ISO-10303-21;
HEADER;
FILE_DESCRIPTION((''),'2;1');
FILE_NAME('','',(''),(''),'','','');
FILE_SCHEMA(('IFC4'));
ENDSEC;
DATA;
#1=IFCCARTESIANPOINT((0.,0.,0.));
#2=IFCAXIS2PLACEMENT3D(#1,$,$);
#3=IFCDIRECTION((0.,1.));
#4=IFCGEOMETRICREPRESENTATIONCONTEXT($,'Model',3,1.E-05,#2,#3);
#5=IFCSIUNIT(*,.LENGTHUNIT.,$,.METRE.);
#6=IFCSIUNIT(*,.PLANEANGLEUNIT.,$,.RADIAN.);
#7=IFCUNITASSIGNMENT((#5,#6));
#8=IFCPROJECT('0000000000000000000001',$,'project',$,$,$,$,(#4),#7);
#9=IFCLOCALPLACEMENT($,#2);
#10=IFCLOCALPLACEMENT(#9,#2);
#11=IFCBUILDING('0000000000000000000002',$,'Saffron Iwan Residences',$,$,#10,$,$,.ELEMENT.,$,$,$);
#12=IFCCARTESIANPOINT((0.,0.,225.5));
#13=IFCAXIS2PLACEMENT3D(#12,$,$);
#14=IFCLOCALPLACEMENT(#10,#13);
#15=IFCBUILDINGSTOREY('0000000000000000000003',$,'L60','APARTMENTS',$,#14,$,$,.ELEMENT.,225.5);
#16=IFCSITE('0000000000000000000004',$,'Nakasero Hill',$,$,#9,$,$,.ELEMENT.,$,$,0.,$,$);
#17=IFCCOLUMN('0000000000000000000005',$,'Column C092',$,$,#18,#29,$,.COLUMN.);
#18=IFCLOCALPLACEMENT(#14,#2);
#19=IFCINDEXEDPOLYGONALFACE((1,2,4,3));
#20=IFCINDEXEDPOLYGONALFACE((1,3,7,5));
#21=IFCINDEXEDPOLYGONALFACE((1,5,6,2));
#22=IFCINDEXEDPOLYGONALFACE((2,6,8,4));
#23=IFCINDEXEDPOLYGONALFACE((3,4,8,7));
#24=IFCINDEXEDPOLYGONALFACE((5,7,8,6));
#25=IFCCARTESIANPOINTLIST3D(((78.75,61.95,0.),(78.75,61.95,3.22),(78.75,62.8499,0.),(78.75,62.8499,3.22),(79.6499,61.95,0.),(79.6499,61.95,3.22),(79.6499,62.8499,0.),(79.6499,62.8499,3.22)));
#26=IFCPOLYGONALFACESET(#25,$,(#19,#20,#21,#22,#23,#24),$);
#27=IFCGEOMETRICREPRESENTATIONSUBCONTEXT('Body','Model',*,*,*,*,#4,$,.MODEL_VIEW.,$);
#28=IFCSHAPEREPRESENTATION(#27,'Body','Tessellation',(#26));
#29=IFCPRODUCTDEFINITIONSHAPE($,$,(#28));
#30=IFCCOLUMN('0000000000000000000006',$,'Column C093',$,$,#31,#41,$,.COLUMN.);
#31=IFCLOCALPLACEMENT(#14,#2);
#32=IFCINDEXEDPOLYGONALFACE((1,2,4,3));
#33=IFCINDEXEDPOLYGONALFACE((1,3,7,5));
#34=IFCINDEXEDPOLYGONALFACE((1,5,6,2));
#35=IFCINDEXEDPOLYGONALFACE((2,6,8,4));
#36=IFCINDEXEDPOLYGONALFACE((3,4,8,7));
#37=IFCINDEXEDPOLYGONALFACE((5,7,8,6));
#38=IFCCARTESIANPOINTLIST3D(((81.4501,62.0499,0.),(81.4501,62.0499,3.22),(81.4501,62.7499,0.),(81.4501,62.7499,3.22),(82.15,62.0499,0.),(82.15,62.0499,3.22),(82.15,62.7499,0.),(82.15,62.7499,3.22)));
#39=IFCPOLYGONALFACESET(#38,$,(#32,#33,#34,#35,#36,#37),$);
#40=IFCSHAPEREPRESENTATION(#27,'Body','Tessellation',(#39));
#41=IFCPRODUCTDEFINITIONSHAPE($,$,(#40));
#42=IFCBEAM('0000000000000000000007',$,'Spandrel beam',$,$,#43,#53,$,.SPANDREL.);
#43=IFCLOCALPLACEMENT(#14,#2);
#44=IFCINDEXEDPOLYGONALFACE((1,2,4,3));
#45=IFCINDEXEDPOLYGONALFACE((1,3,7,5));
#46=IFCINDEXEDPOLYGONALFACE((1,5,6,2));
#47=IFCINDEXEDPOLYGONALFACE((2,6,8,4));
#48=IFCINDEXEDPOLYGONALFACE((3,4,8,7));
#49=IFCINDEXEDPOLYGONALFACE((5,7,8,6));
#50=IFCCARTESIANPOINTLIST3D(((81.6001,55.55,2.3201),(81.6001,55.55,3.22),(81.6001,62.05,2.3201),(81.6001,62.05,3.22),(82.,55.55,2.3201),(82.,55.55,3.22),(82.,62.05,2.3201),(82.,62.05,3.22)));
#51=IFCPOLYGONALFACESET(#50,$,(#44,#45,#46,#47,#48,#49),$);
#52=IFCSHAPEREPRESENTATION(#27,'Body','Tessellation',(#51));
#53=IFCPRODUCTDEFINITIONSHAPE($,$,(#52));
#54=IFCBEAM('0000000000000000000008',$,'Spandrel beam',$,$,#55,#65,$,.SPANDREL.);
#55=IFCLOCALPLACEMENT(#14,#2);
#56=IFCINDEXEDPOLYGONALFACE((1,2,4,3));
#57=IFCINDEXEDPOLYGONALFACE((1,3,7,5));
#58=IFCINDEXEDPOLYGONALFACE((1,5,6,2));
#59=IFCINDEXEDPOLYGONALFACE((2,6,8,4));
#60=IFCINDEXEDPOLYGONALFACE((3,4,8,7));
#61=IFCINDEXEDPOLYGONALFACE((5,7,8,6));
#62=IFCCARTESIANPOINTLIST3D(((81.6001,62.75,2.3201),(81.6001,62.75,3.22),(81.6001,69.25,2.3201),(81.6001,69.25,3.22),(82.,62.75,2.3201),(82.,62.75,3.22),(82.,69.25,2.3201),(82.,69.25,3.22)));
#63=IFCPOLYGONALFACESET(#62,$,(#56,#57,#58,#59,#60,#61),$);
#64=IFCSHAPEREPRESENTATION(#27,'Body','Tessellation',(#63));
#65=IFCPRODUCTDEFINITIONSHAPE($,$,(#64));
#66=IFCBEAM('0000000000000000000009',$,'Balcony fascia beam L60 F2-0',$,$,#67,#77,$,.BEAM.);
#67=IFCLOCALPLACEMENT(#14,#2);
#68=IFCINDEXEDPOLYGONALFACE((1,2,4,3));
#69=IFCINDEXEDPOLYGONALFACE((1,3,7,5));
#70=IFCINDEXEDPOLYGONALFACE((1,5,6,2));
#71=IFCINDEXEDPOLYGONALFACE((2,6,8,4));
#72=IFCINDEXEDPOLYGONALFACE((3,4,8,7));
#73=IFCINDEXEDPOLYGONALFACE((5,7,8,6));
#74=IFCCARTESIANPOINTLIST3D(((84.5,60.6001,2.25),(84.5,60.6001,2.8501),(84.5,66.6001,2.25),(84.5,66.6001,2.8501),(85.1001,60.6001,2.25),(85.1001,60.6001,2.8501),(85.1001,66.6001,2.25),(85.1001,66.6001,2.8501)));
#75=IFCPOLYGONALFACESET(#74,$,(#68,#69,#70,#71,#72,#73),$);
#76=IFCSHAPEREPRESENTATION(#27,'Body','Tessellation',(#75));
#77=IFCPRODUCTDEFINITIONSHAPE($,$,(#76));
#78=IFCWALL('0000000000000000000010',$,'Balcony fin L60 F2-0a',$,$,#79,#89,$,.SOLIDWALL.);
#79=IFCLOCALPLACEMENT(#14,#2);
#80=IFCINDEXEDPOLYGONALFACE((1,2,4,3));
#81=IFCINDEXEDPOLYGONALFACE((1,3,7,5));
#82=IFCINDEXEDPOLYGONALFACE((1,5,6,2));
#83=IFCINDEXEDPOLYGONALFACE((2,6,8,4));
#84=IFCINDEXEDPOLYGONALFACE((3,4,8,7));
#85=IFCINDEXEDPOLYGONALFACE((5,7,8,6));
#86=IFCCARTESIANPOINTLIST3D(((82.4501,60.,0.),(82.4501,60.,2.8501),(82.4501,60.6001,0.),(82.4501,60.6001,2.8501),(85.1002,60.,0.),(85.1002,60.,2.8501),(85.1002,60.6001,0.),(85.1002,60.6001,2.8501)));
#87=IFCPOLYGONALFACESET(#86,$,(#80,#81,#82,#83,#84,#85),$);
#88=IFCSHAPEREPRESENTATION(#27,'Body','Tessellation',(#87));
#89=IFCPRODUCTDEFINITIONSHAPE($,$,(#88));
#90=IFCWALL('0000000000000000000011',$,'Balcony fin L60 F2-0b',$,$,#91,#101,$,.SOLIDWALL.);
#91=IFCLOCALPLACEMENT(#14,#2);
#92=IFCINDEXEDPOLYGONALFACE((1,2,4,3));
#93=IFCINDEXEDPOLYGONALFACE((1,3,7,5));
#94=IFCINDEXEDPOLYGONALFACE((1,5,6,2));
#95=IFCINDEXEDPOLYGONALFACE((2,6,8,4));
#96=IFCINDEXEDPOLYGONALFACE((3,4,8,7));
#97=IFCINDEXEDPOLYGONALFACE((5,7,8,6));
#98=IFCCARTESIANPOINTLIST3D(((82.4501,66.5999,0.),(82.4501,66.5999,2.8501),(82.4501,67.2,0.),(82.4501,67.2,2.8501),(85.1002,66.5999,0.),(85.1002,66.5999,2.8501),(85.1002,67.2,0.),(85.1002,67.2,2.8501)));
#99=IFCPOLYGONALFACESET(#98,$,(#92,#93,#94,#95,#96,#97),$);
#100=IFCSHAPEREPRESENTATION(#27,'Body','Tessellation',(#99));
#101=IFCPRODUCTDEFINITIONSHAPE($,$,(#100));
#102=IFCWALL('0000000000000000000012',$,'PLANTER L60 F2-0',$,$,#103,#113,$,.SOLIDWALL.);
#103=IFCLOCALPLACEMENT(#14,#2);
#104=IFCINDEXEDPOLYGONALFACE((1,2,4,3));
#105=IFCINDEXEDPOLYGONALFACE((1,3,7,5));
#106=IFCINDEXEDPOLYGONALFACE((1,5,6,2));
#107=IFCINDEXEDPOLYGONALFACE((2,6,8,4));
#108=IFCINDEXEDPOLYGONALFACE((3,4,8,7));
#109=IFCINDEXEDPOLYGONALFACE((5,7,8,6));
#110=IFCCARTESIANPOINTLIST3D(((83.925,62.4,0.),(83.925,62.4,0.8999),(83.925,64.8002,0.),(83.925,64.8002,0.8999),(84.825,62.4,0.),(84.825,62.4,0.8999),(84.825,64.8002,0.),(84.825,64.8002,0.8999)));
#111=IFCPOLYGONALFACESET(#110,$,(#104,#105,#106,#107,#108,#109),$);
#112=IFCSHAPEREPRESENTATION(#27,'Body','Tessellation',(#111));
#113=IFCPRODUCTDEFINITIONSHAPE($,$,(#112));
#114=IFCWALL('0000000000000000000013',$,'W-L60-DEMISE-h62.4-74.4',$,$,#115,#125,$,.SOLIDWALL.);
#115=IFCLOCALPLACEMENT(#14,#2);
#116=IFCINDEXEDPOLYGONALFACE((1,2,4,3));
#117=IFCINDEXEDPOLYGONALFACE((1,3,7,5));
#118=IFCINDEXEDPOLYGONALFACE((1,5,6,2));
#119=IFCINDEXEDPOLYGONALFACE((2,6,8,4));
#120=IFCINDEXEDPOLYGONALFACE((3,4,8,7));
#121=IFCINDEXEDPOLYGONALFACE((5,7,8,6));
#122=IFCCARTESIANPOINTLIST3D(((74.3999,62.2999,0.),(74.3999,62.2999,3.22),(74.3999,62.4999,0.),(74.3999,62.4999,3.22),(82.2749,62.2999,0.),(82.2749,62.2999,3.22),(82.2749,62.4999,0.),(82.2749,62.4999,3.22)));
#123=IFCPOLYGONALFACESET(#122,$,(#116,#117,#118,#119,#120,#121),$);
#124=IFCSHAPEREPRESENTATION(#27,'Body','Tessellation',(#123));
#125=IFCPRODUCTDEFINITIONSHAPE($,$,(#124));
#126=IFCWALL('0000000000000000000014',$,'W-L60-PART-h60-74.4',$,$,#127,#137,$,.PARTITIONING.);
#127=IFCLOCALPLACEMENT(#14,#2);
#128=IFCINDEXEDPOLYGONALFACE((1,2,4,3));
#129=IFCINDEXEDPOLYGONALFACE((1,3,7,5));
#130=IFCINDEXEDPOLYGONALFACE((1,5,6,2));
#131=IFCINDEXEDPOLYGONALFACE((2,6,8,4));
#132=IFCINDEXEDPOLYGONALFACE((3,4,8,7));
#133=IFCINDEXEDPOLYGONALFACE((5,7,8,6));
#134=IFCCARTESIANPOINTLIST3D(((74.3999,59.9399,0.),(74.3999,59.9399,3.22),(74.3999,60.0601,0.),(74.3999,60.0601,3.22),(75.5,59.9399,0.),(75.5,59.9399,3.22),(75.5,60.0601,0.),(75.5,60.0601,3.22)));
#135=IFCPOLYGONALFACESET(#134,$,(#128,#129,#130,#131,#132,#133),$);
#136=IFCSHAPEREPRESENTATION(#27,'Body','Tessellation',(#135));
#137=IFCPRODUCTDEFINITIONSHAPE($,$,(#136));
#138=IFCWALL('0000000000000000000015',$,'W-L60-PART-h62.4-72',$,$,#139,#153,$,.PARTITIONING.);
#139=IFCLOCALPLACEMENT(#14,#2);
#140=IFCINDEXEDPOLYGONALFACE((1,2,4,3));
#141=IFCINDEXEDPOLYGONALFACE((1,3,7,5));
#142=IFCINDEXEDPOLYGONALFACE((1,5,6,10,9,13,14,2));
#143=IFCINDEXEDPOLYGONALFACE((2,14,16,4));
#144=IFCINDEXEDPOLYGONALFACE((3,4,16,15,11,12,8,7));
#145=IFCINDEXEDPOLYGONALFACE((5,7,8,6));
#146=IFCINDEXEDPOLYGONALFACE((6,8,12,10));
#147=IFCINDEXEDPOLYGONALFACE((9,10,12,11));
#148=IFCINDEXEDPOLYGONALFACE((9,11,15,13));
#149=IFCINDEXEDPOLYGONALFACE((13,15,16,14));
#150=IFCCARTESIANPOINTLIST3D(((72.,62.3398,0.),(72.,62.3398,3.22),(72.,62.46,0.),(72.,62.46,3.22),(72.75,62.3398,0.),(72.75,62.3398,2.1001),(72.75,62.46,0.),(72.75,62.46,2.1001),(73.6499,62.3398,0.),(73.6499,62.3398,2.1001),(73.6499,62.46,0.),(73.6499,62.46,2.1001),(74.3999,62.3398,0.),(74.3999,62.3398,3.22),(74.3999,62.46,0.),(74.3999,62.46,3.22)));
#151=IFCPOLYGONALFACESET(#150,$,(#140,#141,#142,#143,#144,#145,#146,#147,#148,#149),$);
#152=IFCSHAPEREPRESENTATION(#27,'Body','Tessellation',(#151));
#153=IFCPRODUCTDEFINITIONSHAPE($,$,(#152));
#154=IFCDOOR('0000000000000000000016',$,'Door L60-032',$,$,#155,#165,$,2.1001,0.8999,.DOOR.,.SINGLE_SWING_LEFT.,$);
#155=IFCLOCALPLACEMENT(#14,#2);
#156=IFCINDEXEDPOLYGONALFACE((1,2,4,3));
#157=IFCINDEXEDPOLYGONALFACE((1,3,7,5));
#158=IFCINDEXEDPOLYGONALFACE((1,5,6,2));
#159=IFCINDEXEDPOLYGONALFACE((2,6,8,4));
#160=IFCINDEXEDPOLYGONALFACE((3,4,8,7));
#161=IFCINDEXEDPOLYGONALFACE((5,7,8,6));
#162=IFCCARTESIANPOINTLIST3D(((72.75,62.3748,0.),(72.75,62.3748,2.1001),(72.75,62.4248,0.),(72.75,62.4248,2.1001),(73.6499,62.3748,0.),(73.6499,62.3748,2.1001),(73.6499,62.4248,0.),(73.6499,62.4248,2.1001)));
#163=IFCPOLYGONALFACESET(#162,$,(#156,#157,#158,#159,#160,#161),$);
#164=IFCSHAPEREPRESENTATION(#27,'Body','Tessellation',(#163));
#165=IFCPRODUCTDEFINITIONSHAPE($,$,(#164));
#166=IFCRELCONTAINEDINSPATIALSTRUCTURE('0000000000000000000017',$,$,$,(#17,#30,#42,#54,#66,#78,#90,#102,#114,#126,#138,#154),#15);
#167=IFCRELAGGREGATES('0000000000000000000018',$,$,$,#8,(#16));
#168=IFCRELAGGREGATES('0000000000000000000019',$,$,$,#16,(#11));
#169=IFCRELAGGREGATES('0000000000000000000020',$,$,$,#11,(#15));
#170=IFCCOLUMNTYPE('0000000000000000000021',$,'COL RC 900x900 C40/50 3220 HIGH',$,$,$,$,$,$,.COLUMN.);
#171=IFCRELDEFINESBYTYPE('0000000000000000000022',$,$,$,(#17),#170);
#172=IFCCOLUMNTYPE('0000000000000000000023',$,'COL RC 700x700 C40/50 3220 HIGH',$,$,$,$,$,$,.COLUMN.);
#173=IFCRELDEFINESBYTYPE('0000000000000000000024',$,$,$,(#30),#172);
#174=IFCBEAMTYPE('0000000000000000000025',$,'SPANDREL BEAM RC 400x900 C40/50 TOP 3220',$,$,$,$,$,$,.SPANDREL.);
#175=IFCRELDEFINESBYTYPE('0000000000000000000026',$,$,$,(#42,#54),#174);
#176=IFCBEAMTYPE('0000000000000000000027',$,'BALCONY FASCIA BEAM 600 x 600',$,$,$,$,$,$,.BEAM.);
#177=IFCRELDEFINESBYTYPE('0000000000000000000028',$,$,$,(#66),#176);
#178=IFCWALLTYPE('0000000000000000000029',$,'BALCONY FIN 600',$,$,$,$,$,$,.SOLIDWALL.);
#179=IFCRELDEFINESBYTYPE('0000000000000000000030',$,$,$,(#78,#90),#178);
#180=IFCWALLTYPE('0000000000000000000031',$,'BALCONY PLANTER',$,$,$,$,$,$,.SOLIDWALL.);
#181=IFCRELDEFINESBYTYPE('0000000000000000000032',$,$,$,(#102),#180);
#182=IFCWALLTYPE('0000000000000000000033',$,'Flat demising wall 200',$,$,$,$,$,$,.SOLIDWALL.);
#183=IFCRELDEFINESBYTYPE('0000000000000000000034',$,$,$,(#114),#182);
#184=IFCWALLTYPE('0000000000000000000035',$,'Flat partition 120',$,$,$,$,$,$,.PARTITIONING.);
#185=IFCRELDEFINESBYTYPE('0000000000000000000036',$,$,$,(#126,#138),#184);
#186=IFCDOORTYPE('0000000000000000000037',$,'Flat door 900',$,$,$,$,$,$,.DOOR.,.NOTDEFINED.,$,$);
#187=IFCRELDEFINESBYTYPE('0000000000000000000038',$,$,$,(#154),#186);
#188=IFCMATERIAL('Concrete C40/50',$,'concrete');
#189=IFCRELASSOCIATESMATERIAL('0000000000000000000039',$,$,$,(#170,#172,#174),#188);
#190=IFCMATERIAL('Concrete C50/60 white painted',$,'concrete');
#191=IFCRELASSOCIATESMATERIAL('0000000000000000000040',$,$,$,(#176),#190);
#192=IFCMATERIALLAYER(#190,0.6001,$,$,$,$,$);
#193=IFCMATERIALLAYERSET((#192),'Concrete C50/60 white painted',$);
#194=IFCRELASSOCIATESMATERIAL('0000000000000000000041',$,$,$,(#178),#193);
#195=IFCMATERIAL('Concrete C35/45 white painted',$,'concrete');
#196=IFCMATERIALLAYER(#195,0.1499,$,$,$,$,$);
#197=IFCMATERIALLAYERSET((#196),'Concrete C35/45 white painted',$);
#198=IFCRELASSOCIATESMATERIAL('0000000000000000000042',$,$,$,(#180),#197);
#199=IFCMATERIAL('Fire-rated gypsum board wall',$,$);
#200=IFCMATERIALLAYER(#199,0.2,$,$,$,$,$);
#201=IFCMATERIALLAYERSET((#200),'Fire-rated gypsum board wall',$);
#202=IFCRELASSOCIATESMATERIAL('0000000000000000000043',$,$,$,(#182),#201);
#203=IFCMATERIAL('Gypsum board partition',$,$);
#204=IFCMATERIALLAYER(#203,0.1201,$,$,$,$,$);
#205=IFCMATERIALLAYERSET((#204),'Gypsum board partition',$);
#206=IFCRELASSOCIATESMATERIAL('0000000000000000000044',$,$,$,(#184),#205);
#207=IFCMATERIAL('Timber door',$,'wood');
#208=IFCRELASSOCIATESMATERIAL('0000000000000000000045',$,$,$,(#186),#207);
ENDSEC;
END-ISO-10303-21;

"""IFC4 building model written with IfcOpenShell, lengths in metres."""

from ifc_helpers import new_model, si_unit, direction, frame, frame_2d, origin, origin_2d, place, context, subcontext, project, spatial, rectangle, extrude, source, transform, mapped, material, layer, layer_set, material_profile, profile_set, type_object, element, fill, save


model = new_model("IFC4")

# Units and contexts
model_context = context("Model", 3, precision=1e-05, world=origin(), true_north=direction((0.0, 1.0)))
body_context = subcontext(model_context, "Body", "Model", "MODEL_VIEW")
ifc_project = project(units=[si_unit("LENGTHUNIT", "METRE"), si_unit("PLANEANGLEUNIT", "RADIAN")], contexts=[model_context])

# Site, building, storey
site_placement = place(None, origin())
site = spatial("IfcSite", under=ifc_project, at=site_placement, Name="Nakasero Hill", CompositionType="ELEMENT", RefElevation=0.0)
building_placement = place(site_placement, origin())
building = spatial("IfcBuilding", under=site, at=building_placement, Name="Saffron Iwan Residences", CompositionType="ELEMENT")
storey_placement = place(building_placement, frame((0.0, 0.0, 225.5)))
storey = spatial("IfcBuildingStorey", under=building, at=storey_placement, Name="L60", Description="APARTMENTS", CompositionType="ELEMENT", Elevation=225.5)

# Columns
ifc_material_1 = material(Name="Concrete C40/50", Category="concrete")
ifc_material_profile_1 = material_profile(ifc_material_1, rectangle(XDim=0.8999, YDim=0.8999, at=origin_2d()), Name="RC 900x900")
ifc_profile_set_1 = profile_set([ifc_material_profile_1], Name="Concrete C40/50")
column_type_1 = type_object("IfcColumnType", Name="COL RC 900x900 C40/50 3220 HIGH", PredefinedType="COLUMN", material=ifc_profile_set_1)
shared_shape_1 = source(origin(), body_context, "Body", "SweptSolid", [
    extrude(rectangle(XDim=0.8999, YDim=0.8999, at=origin_2d()), origin(), (0.0, 0.0, 1.0), 3.22),
])
column_1_placement = place(storey_placement, frame((79.2, 62.3999, 0.0), z_axis=(0.0, 0.0, 1.0), x_axis=(1.0, 0.0, 0.0)))
element("IfcColumn", 1, at=column_1_placement, inside=storey, type_object=column_type_1, Name="Column C092", PredefinedType="COLUMN", context=body_context, shape_type="MappedRepresentation", body=[
    mapped(shared_shape_1, transform((0.0, 0.0, 0.0))),
])
ifc_material_profile_2 = material_profile(ifc_material_1, rectangle(XDim=0.7, YDim=0.7, at=origin_2d()), Name="RC 700x700")
ifc_profile_set_2 = profile_set([ifc_material_profile_2], Name="Concrete C40/50")
column_type_2 = type_object("IfcColumnType", Name="COL RC 700x700 C40/50 3220 HIGH", PredefinedType="COLUMN", material=ifc_profile_set_2)
shared_shape_2 = source(origin(), body_context, "Body", "SweptSolid", [
    extrude(rectangle(XDim=0.7, YDim=0.7, at=origin_2d()), origin(), (0.0, 0.0, 1.0), 3.22),
])
column_2_placement = place(storey_placement, frame((81.8, 62.3999, 0.0), z_axis=(0.0, 0.0, 1.0), x_axis=(1.0, 0.0, 0.0)))
element("IfcColumn", 2, at=column_2_placement, inside=storey, type_object=column_type_2, Name="Column C093", PredefinedType="COLUMN", context=body_context, shape_type="MappedRepresentation", body=[
    mapped(shared_shape_2, transform((0.0, 0.0, 0.0))),
])

# Beams
ifc_material_profile_3 = material_profile(ifc_material_1, rectangle(XDim=0.3999, YDim=0.8999, at=origin_2d()), Name="RC 400x900")
ifc_profile_set_3 = profile_set([ifc_material_profile_3], Name="Concrete C40/50")
beam_type_1 = type_object("IfcBeamType", Name="SPANDREL BEAM RC 400x900 C40/50 TOP 3220", PredefinedType="SPANDREL", material=ifc_profile_set_3)
shared_shape_3 = source(origin(), body_context, "Body", "SweptSolid", [
    extrude(rectangle(XDim=0.3999, YDim=0.8999, at=origin_2d()), origin(), (0.0, 0.0, 1.0), 6.5),
])
for number, where, z_axis, x_axis, name in (
    (3, (81.8, 62.05, 2.77), (0.0, -1.0, 0.0), (1.0, 0.0, 0.0), "Spandrel beam"),
    (4, (81.8, 69.25, 2.77), (0.0, -1.0, 0.0), (1.0, 0.0, 0.0), "Spandrel beam"),
):
    element("IfcBeam", number, at=place(storey_placement, frame(where, z_axis=z_axis, x_axis=x_axis)), inside=storey, type_object=beam_type_1, Name=name, PredefinedType="SPANDREL", context=body_context, shape_type="MappedRepresentation", body=[
        mapped(shared_shape_3, transform((0.0, 0.0, 0.0))),
    ])
ifc_material_2 = material(Name="Concrete C50/60 white painted", Category="concrete")
ifc_material_profile_4 = material_profile(ifc_material_2, rectangle(XDim=0.6001, YDim=0.6001, at=origin_2d()), Name="BALCONY FASCIA BEAM 600 x 600")
ifc_profile_set_4 = profile_set([ifc_material_profile_4], Name="Concrete C50/60 white painted")
beam_type_2 = type_object("IfcBeamType", Name="BALCONY FASCIA BEAM 600 x 600", PredefinedType="BEAM", material=ifc_profile_set_4)
shared_shape_4 = source(origin(), body_context, "Body", "SweptSolid", [
    extrude(rectangle(XDim=0.6001, YDim=0.6001, at=origin_2d()), origin(), (0.0, 0.0, 1.0), 6.0),
])
beam_placement = place(storey_placement, frame((84.8, 60.6001, 2.55), z_axis=(0.0, 1.0, 0.0), x_axis=(-1.0, 0.0, 0.0)))
element("IfcBeam", 5, at=beam_placement, inside=storey, type_object=beam_type_2, Name="Balcony fascia beam L60 F2-0", PredefinedType="BEAM", context=body_context, shape_type="MappedRepresentation", body=[
    mapped(shared_shape_4, transform((0.0, 0.0, 0.0))),
])

# Walls
ifc_layer_1 = layer(ifc_material_2, 0.6001)
ifc_layer_set_1 = layer_set([ifc_layer_1], Name="Concrete C50/60 white painted")
wall_type_1 = type_object("IfcWallType", Name="BALCONY FIN 600", PredefinedType="SOLIDWALL", material=ifc_layer_set_1)
for number, where, z_axis, x_axis, name in (
    (6, (82.45, 60.3, 0.0), (0.0, 0.0, 1.0), (1.0, 0.0, 0.0), "Balcony fin L60 F2-0a"),
    (7, (82.45, 66.8999, 0.0), (0.0, 0.0, 1.0), (1.0, 0.0, 0.0), "Balcony fin L60 F2-0b"),
):
    element("IfcWall", number, at=place(storey_placement, frame(where, z_axis=z_axis, x_axis=x_axis)), inside=storey, type_object=wall_type_1, Name=name, PredefinedType="SOLIDWALL", context=body_context, shape_type="SweptSolid", body=[
        extrude(rectangle(XDim=2.6501, YDim=0.6001, at=frame_2d((1.3252, 0.0))), origin(), (0.0, 0.0, 1.0), 2.8501),
    ])
ifc_material_3 = material(Name="Concrete C35/45 white painted", Category="concrete")
ifc_layer_2 = layer(ifc_material_3, 0.1499)
ifc_layer_set_2 = layer_set([ifc_layer_2], Name="Concrete C35/45 white painted")
wall_type_2 = type_object("IfcWallType", Name="BALCONY PLANTER", PredefinedType="SOLIDWALL", material=ifc_layer_set_2)
wall_1_placement = place(storey_placement, frame((84.375, 62.3999, 0.0), z_axis=(0.0, 0.0, 1.0), x_axis=(0.0, 1.0, 0.0)))
element("IfcWall", 8, at=wall_1_placement, inside=storey, type_object=wall_type_2, Name="PLANTER L60 F2-0", PredefinedType="SOLIDWALL", context=body_context, shape_type="SweptSolid", body=[
    extrude(rectangle(XDim=2.4001, YDim=0.8999, at=frame_2d((1.2002, 0.0))), origin(), (0.0, 0.0, 1.0), 0.8999),
])
ifc_material_4 = material(Name="Fire-rated gypsum board wall")
ifc_layer_3 = layer(ifc_material_4, 0.2)
ifc_layer_set_3 = layer_set([ifc_layer_3], Name="Fire-rated gypsum board wall")
wall_type_3 = type_object("IfcWallType", Name="Flat demising wall 200", PredefinedType="SOLIDWALL", material=ifc_layer_set_3)
wall_2_placement = place(storey_placement, frame((74.3999, 62.3999, 0.0), z_axis=(0.0, 0.0, 1.0), x_axis=(1.0, 0.0, 0.0)))
element("IfcWall", 9, at=wall_2_placement, inside=storey, type_object=wall_type_3, Name="W-L60-DEMISE-h62.4-74.4", PredefinedType="SOLIDWALL", context=body_context, shape_type="SweptSolid", body=[
    extrude(rectangle(XDim=7.875, YDim=0.2, at=frame_2d((3.9375, 0.0))), origin(), (0.0, 0.0, 1.0), 3.22),
])
ifc_material_5 = material(Name="Gypsum board partition")
ifc_layer_4 = layer(ifc_material_5, 0.1201)
ifc_layer_set_4 = layer_set([ifc_layer_4], Name="Gypsum board partition")
wall_type_4 = type_object("IfcWallType", Name="Flat partition 120", PredefinedType="PARTITIONING", material=ifc_layer_set_4)
wall_3_placement = place(storey_placement, frame((74.3999, 60.0, 0.0), z_axis=(0.0, 0.0, 1.0), x_axis=(1.0, 0.0, 0.0)))
element("IfcWall", 10, at=wall_3_placement, inside=storey, type_object=wall_type_4, Name="W-L60-PART-h60-74.4", PredefinedType="PARTITIONING", context=body_context, shape_type="SweptSolid", body=[
    extrude(rectangle(XDim=1.1001, YDim=0.1201, at=frame_2d((0.55, 0.0))), origin(), (0.0, 0.0, 1.0), 3.22),
])

# Wall, opening, door
wall_4_placement = place(storey_placement, frame((72.0, 62.3999, 0.0), z_axis=(0.0, 0.0, 1.0), x_axis=(1.0, 0.0, 0.0)))
wall_4 = element("IfcWall", 11, at=wall_4_placement, inside=storey, type_object=wall_type_4, Name="W-L60-PART-h62.4-72", PredefinedType="PARTITIONING", context=body_context, shape_type="SweptSolid", body=[
    extrude(rectangle(XDim=2.3999, YDim=0.1201, at=frame_2d((1.2, 0.0))), origin(), (0.0, 0.0, 1.0), 3.22),
])
opening_1_placement = place(wall_4_placement, frame((0.75, 0.0, 0.0)))
opening_1 = element("IfcOpeningElement", 12, at=opening_1_placement, cuts=wall_4, PredefinedType="OPENING", context=body_context, shape_type="SweptSolid", body=[
    extrude(rectangle(XDim=0.8999, YDim=2.1001, at=frame_2d((0.45, 1.05))), frame((0.0, 0.0701, 0.0), z_axis=(0.0, -1.0, 0.0), x_axis=(1.0, 0.0, 0.0)), (0.0, 0.0, 1.0), 0.1401),
])
ifc_material_6 = material(Name="Timber door", Category="wood")
door_type_1 = type_object("IfcDoorType", Name="Flat door 900", OperationType="NOTDEFINED", PredefinedType="DOOR", material=ifc_material_6)
door_1_placement = place(opening_1_placement, origin())
door_1 = element("IfcDoor", 13, at=door_1_placement, inside=storey, type_object=door_type_1, Name="Door L60-032", OperationType="SINGLE_SWING_LEFT", OverallHeight=2.1001, OverallWidth=0.8999, PredefinedType="DOOR", context=body_context, shape_type="SweptSolid", body=[
    extrude(rectangle(XDim=0.8999, YDim=2.1001, at=frame_2d((0.45, 1.05))), frame((0.0, 0.0249, 0.0), z_axis=(0.0, -1.0, 0.0), x_axis=(1.0, 0.0, 0.0)), (0.0, 0.0, 1.0), 0.05),
])
fill(opening_1, door_1)

save(model, "model.ifc")
